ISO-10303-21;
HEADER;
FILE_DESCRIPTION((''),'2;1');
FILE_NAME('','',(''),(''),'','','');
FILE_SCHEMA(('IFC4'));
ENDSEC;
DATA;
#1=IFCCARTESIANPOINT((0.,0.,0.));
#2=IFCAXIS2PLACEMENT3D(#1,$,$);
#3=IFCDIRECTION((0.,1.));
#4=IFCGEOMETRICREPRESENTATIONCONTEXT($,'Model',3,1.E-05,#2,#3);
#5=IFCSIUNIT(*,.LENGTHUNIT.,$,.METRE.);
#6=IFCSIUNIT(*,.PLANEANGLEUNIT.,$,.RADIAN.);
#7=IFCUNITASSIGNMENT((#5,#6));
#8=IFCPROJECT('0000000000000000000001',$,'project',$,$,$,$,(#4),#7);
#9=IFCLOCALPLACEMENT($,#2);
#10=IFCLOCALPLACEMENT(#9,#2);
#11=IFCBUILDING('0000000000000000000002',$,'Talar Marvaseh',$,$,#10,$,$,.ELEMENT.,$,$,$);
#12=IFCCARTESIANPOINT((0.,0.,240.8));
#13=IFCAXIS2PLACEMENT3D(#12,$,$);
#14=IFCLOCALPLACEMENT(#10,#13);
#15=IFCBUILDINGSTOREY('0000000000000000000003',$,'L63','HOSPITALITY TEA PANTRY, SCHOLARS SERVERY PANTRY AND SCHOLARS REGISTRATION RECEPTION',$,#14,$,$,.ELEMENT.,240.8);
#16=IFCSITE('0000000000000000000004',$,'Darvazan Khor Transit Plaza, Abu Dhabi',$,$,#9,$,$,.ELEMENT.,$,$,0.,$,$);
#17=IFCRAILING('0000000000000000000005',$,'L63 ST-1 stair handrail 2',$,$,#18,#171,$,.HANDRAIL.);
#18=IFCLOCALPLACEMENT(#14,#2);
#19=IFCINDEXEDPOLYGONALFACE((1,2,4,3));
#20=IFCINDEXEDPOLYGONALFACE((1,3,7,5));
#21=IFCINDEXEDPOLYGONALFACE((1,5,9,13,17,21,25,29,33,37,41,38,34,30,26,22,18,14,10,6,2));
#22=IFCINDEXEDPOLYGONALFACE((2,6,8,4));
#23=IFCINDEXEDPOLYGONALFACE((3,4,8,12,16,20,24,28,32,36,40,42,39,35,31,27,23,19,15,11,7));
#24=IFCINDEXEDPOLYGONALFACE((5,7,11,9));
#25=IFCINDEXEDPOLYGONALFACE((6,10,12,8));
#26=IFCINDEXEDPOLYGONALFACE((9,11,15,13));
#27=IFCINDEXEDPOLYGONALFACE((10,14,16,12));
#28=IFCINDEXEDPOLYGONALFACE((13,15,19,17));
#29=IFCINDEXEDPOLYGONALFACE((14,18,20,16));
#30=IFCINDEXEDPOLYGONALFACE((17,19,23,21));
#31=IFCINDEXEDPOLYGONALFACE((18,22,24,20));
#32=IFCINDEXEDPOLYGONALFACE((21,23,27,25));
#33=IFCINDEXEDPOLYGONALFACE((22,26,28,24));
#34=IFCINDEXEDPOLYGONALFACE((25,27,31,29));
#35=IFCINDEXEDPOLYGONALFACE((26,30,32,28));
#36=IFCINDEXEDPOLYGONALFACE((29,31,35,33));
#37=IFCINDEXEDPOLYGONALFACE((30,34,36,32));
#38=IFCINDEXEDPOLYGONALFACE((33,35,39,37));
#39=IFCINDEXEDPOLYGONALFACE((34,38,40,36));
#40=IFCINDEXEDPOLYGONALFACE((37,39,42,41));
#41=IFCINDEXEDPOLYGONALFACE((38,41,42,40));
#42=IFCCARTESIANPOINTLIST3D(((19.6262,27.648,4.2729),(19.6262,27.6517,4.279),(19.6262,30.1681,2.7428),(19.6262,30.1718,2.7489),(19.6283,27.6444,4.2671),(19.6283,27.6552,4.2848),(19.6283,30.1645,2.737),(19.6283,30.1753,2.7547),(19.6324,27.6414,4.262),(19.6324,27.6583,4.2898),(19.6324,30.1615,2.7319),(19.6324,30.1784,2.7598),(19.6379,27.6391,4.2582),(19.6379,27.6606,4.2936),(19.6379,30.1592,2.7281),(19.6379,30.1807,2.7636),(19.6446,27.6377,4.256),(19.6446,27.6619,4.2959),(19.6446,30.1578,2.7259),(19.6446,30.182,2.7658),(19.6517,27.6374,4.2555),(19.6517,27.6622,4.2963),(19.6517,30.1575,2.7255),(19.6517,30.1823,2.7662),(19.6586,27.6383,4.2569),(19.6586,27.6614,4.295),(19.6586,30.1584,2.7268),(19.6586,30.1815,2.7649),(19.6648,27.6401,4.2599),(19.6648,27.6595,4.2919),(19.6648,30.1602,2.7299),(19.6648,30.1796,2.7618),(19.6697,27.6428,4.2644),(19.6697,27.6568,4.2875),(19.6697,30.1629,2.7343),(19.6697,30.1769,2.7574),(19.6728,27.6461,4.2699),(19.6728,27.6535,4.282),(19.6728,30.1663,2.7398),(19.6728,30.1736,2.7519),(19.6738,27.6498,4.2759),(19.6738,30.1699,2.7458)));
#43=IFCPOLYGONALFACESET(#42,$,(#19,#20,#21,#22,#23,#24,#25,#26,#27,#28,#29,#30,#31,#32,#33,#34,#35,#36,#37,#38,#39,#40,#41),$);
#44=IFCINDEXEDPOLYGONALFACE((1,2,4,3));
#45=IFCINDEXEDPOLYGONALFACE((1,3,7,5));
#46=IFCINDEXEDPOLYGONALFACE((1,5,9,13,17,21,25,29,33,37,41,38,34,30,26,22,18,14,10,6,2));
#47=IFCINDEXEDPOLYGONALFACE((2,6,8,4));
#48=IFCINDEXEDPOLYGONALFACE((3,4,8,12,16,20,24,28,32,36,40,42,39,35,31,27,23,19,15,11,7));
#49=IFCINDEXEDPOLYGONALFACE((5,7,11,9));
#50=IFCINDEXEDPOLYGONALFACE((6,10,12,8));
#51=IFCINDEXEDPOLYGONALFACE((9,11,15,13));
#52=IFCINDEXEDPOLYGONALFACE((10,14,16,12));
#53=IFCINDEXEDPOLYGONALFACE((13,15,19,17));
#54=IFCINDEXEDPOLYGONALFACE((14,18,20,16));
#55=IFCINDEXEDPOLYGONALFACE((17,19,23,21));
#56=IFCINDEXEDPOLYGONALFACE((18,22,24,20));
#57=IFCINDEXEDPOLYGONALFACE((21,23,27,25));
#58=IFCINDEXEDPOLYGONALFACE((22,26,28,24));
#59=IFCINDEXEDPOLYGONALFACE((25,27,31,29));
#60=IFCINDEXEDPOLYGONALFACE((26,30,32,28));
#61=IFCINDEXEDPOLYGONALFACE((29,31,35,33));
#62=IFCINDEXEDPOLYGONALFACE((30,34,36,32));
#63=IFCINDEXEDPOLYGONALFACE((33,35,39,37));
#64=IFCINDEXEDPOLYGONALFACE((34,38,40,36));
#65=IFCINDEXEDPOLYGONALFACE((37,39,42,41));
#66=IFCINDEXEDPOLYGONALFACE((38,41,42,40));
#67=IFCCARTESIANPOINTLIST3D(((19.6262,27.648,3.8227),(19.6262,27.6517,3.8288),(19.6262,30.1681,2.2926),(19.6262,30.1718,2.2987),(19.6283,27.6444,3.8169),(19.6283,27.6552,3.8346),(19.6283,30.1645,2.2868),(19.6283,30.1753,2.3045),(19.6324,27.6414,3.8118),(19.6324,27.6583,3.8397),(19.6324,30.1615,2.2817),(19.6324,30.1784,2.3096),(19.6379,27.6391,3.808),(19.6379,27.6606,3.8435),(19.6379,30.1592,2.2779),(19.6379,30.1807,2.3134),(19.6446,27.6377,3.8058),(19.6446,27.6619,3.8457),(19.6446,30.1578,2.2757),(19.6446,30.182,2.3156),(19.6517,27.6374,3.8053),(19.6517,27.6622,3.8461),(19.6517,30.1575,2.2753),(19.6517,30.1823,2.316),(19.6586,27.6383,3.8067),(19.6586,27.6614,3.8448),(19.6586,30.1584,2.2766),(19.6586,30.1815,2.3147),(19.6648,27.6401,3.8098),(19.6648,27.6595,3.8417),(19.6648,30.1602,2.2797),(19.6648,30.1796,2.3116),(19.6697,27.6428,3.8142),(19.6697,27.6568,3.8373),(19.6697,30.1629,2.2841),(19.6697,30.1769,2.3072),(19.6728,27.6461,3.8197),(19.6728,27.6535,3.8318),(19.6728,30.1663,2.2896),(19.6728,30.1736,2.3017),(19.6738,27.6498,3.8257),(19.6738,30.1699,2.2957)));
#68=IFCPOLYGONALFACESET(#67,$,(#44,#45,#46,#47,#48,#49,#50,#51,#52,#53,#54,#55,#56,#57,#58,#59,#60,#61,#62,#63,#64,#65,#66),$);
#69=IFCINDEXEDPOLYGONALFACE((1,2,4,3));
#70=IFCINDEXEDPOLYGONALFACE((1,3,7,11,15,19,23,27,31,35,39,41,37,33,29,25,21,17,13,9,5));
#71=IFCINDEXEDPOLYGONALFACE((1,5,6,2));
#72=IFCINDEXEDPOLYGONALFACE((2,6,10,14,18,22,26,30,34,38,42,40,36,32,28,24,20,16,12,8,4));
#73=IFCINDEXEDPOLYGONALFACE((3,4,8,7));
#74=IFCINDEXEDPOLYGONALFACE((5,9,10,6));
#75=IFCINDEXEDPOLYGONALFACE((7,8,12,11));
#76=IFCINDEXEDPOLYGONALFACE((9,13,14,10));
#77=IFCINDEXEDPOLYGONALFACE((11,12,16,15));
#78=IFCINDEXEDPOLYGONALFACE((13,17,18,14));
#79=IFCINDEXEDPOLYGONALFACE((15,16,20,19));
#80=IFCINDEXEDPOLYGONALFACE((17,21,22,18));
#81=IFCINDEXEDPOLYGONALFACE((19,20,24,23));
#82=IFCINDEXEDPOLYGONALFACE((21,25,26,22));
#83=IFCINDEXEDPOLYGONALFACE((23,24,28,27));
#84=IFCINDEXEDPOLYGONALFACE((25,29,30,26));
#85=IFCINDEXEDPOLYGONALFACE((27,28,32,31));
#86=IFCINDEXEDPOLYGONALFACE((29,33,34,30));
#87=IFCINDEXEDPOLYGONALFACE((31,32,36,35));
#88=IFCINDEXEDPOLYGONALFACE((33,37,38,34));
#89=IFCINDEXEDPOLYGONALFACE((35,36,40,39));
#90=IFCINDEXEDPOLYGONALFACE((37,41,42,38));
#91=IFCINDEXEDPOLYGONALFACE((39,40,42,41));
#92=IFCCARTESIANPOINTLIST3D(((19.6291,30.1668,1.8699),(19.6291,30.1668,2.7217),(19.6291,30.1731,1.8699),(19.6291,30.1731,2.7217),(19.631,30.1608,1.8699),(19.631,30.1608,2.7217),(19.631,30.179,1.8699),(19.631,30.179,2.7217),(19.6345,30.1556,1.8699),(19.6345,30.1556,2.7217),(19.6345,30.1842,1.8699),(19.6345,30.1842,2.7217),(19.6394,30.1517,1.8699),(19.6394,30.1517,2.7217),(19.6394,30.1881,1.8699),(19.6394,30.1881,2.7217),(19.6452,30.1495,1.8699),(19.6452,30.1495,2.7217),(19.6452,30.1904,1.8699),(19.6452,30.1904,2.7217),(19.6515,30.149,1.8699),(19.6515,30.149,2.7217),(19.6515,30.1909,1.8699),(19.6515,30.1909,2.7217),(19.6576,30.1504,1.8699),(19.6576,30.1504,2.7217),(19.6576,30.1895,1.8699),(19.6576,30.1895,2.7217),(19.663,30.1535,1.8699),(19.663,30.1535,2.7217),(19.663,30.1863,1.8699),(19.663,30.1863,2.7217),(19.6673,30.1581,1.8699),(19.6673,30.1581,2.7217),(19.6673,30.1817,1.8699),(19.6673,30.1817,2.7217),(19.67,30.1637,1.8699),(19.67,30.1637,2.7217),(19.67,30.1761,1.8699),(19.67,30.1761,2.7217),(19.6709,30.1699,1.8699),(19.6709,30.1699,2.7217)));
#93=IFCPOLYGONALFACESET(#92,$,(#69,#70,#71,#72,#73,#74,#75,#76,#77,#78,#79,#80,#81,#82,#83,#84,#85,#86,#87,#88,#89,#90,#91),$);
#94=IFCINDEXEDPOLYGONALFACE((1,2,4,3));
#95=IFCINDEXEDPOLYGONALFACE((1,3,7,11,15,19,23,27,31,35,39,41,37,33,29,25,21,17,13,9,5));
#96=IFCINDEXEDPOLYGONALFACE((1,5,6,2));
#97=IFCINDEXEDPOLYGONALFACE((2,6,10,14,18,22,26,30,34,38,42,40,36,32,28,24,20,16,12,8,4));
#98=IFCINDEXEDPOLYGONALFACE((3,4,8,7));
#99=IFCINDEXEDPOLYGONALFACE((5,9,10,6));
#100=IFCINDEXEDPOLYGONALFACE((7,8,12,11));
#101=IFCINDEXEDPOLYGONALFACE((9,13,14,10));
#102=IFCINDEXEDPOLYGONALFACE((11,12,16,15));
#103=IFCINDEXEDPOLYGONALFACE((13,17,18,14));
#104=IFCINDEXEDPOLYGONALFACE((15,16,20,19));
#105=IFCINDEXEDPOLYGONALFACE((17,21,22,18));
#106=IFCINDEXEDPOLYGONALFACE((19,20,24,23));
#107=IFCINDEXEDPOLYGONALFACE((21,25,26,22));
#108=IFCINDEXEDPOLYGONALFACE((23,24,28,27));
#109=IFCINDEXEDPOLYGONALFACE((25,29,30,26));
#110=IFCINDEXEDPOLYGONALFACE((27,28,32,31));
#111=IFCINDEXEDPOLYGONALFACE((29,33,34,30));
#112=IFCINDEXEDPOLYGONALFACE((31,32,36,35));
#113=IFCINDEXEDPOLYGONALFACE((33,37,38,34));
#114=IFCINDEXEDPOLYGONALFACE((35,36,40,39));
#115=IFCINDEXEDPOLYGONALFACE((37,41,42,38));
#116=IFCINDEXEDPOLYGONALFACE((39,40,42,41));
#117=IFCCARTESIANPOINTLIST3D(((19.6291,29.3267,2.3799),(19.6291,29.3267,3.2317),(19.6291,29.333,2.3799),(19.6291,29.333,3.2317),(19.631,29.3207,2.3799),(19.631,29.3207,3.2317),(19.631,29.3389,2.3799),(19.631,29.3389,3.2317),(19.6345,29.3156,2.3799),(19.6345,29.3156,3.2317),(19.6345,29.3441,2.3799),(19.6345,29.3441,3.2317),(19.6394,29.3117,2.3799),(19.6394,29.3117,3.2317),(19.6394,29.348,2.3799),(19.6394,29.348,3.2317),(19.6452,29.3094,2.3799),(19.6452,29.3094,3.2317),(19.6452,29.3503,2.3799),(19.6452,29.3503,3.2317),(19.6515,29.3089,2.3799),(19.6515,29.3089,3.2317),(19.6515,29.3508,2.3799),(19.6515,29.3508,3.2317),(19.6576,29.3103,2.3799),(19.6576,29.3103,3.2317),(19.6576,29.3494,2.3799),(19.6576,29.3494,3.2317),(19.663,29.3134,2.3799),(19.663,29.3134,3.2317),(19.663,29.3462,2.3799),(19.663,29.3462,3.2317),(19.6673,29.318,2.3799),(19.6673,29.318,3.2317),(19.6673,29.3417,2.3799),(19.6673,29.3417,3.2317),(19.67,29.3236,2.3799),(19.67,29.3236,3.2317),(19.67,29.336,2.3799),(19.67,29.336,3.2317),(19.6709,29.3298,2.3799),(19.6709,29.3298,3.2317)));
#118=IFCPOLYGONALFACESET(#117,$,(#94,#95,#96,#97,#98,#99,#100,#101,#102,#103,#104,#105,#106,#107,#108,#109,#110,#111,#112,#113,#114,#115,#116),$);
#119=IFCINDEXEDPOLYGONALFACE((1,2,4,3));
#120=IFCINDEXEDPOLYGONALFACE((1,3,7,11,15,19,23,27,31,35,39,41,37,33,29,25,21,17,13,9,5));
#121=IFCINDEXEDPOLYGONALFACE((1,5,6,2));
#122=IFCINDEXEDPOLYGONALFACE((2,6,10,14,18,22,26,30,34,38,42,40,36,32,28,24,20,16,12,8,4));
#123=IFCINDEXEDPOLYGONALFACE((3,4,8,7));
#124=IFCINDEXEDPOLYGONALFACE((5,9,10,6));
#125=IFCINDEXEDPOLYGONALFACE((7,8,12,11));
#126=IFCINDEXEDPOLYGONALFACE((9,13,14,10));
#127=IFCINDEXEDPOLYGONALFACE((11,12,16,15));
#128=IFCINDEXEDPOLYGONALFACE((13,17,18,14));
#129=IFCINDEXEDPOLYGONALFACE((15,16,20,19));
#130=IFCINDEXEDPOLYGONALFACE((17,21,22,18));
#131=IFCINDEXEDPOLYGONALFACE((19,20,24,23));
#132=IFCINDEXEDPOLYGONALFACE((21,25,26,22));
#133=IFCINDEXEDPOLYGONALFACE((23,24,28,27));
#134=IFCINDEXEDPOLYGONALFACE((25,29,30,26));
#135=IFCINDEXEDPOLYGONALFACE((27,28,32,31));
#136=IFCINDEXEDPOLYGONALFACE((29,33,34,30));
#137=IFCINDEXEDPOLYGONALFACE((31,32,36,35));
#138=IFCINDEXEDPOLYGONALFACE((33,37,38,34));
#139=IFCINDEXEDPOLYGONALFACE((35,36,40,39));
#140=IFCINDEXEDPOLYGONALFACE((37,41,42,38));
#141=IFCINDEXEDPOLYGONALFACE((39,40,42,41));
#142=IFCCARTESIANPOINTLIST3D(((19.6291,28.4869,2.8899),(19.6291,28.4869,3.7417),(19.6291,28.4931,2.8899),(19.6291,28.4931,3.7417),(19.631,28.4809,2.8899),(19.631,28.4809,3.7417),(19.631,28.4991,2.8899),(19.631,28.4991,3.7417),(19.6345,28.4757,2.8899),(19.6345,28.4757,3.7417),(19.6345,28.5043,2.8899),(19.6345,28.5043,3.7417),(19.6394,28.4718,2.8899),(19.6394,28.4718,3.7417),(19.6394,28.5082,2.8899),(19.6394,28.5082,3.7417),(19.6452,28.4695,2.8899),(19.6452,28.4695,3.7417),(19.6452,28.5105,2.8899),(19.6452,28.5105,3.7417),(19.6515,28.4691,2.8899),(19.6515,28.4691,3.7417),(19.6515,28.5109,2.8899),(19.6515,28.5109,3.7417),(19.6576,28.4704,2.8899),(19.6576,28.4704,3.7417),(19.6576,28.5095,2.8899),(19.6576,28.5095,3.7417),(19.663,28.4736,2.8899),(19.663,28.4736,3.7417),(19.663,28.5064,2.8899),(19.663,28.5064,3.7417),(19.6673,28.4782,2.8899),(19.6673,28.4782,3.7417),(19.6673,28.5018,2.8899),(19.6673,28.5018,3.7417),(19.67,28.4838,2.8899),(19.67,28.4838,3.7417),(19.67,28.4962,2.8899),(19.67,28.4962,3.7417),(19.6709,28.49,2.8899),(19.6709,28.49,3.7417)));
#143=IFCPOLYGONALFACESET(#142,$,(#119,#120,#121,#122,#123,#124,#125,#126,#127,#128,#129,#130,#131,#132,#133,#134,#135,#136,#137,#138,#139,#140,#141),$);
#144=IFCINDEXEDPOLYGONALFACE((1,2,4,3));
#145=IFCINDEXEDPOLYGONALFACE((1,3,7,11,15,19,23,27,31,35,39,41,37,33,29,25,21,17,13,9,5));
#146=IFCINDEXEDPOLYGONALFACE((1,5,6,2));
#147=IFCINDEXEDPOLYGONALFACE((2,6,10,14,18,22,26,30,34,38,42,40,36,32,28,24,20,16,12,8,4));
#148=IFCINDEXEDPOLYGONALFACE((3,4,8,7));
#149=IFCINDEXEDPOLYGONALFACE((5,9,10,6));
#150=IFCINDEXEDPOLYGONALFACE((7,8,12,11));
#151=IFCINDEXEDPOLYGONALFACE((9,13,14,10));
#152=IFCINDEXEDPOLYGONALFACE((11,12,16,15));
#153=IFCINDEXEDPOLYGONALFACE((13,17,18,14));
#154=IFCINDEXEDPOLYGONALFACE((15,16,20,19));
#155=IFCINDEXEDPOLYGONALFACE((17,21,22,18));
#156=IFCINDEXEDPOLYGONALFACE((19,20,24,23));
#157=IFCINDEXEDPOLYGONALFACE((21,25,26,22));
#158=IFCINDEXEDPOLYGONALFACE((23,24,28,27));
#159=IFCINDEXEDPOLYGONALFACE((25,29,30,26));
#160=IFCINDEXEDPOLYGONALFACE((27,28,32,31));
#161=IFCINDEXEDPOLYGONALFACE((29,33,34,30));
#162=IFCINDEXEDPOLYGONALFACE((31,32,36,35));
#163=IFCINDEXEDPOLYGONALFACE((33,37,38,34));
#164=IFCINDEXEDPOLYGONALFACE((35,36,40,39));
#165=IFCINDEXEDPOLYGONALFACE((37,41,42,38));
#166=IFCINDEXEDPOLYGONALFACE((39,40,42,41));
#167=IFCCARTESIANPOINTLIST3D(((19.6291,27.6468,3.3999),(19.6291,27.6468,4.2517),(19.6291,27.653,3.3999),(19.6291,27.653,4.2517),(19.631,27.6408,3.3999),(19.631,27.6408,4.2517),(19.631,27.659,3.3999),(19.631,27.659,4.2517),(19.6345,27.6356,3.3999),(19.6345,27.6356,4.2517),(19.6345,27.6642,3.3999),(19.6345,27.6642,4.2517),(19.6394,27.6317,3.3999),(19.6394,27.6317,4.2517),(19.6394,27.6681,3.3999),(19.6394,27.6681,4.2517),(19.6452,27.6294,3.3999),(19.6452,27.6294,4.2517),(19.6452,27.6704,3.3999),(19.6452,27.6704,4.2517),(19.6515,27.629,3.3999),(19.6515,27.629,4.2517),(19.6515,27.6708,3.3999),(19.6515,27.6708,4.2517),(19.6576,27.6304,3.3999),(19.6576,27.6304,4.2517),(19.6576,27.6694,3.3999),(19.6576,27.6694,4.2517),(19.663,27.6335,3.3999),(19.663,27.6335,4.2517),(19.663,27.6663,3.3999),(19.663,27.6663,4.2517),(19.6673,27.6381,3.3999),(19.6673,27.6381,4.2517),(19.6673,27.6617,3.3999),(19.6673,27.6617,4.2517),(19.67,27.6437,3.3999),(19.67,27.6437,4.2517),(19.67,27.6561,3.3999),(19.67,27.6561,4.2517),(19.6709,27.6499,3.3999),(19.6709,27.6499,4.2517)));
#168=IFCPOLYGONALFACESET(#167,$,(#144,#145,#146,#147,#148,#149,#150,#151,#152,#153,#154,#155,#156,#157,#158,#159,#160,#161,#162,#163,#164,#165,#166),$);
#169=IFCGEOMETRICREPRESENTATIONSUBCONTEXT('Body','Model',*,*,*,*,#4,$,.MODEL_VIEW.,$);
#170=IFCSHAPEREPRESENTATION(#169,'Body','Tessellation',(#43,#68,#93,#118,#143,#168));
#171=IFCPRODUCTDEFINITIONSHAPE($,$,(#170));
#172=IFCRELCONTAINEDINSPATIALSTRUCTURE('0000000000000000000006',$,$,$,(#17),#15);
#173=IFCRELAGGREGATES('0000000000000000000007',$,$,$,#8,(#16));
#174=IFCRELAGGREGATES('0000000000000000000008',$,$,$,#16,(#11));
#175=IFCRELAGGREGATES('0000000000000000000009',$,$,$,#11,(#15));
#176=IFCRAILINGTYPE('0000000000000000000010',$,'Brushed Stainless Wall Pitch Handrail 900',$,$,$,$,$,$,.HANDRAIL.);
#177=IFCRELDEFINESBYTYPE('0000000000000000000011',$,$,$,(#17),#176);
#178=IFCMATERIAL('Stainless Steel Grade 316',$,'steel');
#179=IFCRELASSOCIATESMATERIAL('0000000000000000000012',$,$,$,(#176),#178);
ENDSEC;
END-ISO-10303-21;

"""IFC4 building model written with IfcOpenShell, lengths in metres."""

from ifc_helpers import new_model, si_unit, direction, frame, origin, origin_2d, place, context, subcontext, project, spatial, circle, extrude, material, type_object, element, save


model = new_model("IFC4")

# Units and contexts
model_context = context("Model", 3, precision=1e-05, world=origin(), true_north=direction((0.0, 1.0)))
body_context = subcontext(model_context, "Body", "Model", "MODEL_VIEW")
ifc_project = project(units=[si_unit("LENGTHUNIT", "METRE"), si_unit("PLANEANGLEUNIT", "RADIAN")], contexts=[model_context])

# Site, building, storey
site_placement = place(None, origin())
site = spatial("IfcSite", under=ifc_project, at=site_placement, Name="Darvazan Khor Transit Plaza, Abu Dhabi", CompositionType="ELEMENT", RefElevation=0.0)
building_placement = place(site_placement, origin())
building = spatial("IfcBuilding", under=site, at=building_placement, Name="Talar Marvaseh", CompositionType="ELEMENT")
storey_placement = place(building_placement, frame((0.0, 0.0, 240.8)))
storey = spatial("IfcBuildingStorey", under=building, at=storey_placement, Name="L63", Description="HOSPITALITY TEA PANTRY, SCHOLARS SERVERY PANTRY AND SCHOLARS REGISTRATION RECEPTION", CompositionType="ELEMENT", Elevation=240.8)

# Railing
ifc_material_1 = material(Name="Stainless Steel Grade 316", Category="steel")
railing_type_1 = type_object("IfcRailingType", Name="Brushed Stainless Wall Pitch Handrail 900", PredefinedType="HANDRAIL", material=ifc_material_1)
railing_1_placement = place(storey_placement, frame((19.6499, 30.1699, 1.8699)))
element("IfcRailing", 1, at=railing_1_placement, inside=storey, type_object=railing_type_1, Name="L63 ST-1 stair handrail 2", PredefinedType="HANDRAIL", context=body_context, shape_type="SweptSolid", body=[
    extrude(circle(Radius=0.0239, at=origin_2d()), frame((0.0, 0.0, 0.876), z_axis=(0.0, -0.854785, 0.518982), x_axis=(1.0, 0.0, 0.0)), (0.0, 0.0, 1.0), 2.9482),
    extrude(circle(Radius=0.0239, at=origin_2d()), frame((0.0, 0.0, 0.4258), z_axis=(0.0, -0.854785, 0.518982), x_axis=(1.0, 0.0, 0.0)), (0.0, 0.0, 1.0), 2.9482),
    extrude(circle(Radius=0.021, at=origin_2d()), origin(), (0.0, 0.0, 1.0), 0.8518),
    extrude(circle(Radius=0.021, at=origin_2d()), frame((0.0, -0.8401, 0.51)), (0.0, 0.0, 1.0), 0.8518),
    extrude(circle(Radius=0.021, at=origin_2d()), frame((0.0, -1.6799, 1.02)), (0.0, 0.0, 1.0), 0.8518),
    extrude(circle(Radius=0.021, at=origin_2d()), frame((0.0, -2.52, 1.53)), (0.0, 0.0, 1.0), 0.8518),
])

save(model, "model.ifc")
